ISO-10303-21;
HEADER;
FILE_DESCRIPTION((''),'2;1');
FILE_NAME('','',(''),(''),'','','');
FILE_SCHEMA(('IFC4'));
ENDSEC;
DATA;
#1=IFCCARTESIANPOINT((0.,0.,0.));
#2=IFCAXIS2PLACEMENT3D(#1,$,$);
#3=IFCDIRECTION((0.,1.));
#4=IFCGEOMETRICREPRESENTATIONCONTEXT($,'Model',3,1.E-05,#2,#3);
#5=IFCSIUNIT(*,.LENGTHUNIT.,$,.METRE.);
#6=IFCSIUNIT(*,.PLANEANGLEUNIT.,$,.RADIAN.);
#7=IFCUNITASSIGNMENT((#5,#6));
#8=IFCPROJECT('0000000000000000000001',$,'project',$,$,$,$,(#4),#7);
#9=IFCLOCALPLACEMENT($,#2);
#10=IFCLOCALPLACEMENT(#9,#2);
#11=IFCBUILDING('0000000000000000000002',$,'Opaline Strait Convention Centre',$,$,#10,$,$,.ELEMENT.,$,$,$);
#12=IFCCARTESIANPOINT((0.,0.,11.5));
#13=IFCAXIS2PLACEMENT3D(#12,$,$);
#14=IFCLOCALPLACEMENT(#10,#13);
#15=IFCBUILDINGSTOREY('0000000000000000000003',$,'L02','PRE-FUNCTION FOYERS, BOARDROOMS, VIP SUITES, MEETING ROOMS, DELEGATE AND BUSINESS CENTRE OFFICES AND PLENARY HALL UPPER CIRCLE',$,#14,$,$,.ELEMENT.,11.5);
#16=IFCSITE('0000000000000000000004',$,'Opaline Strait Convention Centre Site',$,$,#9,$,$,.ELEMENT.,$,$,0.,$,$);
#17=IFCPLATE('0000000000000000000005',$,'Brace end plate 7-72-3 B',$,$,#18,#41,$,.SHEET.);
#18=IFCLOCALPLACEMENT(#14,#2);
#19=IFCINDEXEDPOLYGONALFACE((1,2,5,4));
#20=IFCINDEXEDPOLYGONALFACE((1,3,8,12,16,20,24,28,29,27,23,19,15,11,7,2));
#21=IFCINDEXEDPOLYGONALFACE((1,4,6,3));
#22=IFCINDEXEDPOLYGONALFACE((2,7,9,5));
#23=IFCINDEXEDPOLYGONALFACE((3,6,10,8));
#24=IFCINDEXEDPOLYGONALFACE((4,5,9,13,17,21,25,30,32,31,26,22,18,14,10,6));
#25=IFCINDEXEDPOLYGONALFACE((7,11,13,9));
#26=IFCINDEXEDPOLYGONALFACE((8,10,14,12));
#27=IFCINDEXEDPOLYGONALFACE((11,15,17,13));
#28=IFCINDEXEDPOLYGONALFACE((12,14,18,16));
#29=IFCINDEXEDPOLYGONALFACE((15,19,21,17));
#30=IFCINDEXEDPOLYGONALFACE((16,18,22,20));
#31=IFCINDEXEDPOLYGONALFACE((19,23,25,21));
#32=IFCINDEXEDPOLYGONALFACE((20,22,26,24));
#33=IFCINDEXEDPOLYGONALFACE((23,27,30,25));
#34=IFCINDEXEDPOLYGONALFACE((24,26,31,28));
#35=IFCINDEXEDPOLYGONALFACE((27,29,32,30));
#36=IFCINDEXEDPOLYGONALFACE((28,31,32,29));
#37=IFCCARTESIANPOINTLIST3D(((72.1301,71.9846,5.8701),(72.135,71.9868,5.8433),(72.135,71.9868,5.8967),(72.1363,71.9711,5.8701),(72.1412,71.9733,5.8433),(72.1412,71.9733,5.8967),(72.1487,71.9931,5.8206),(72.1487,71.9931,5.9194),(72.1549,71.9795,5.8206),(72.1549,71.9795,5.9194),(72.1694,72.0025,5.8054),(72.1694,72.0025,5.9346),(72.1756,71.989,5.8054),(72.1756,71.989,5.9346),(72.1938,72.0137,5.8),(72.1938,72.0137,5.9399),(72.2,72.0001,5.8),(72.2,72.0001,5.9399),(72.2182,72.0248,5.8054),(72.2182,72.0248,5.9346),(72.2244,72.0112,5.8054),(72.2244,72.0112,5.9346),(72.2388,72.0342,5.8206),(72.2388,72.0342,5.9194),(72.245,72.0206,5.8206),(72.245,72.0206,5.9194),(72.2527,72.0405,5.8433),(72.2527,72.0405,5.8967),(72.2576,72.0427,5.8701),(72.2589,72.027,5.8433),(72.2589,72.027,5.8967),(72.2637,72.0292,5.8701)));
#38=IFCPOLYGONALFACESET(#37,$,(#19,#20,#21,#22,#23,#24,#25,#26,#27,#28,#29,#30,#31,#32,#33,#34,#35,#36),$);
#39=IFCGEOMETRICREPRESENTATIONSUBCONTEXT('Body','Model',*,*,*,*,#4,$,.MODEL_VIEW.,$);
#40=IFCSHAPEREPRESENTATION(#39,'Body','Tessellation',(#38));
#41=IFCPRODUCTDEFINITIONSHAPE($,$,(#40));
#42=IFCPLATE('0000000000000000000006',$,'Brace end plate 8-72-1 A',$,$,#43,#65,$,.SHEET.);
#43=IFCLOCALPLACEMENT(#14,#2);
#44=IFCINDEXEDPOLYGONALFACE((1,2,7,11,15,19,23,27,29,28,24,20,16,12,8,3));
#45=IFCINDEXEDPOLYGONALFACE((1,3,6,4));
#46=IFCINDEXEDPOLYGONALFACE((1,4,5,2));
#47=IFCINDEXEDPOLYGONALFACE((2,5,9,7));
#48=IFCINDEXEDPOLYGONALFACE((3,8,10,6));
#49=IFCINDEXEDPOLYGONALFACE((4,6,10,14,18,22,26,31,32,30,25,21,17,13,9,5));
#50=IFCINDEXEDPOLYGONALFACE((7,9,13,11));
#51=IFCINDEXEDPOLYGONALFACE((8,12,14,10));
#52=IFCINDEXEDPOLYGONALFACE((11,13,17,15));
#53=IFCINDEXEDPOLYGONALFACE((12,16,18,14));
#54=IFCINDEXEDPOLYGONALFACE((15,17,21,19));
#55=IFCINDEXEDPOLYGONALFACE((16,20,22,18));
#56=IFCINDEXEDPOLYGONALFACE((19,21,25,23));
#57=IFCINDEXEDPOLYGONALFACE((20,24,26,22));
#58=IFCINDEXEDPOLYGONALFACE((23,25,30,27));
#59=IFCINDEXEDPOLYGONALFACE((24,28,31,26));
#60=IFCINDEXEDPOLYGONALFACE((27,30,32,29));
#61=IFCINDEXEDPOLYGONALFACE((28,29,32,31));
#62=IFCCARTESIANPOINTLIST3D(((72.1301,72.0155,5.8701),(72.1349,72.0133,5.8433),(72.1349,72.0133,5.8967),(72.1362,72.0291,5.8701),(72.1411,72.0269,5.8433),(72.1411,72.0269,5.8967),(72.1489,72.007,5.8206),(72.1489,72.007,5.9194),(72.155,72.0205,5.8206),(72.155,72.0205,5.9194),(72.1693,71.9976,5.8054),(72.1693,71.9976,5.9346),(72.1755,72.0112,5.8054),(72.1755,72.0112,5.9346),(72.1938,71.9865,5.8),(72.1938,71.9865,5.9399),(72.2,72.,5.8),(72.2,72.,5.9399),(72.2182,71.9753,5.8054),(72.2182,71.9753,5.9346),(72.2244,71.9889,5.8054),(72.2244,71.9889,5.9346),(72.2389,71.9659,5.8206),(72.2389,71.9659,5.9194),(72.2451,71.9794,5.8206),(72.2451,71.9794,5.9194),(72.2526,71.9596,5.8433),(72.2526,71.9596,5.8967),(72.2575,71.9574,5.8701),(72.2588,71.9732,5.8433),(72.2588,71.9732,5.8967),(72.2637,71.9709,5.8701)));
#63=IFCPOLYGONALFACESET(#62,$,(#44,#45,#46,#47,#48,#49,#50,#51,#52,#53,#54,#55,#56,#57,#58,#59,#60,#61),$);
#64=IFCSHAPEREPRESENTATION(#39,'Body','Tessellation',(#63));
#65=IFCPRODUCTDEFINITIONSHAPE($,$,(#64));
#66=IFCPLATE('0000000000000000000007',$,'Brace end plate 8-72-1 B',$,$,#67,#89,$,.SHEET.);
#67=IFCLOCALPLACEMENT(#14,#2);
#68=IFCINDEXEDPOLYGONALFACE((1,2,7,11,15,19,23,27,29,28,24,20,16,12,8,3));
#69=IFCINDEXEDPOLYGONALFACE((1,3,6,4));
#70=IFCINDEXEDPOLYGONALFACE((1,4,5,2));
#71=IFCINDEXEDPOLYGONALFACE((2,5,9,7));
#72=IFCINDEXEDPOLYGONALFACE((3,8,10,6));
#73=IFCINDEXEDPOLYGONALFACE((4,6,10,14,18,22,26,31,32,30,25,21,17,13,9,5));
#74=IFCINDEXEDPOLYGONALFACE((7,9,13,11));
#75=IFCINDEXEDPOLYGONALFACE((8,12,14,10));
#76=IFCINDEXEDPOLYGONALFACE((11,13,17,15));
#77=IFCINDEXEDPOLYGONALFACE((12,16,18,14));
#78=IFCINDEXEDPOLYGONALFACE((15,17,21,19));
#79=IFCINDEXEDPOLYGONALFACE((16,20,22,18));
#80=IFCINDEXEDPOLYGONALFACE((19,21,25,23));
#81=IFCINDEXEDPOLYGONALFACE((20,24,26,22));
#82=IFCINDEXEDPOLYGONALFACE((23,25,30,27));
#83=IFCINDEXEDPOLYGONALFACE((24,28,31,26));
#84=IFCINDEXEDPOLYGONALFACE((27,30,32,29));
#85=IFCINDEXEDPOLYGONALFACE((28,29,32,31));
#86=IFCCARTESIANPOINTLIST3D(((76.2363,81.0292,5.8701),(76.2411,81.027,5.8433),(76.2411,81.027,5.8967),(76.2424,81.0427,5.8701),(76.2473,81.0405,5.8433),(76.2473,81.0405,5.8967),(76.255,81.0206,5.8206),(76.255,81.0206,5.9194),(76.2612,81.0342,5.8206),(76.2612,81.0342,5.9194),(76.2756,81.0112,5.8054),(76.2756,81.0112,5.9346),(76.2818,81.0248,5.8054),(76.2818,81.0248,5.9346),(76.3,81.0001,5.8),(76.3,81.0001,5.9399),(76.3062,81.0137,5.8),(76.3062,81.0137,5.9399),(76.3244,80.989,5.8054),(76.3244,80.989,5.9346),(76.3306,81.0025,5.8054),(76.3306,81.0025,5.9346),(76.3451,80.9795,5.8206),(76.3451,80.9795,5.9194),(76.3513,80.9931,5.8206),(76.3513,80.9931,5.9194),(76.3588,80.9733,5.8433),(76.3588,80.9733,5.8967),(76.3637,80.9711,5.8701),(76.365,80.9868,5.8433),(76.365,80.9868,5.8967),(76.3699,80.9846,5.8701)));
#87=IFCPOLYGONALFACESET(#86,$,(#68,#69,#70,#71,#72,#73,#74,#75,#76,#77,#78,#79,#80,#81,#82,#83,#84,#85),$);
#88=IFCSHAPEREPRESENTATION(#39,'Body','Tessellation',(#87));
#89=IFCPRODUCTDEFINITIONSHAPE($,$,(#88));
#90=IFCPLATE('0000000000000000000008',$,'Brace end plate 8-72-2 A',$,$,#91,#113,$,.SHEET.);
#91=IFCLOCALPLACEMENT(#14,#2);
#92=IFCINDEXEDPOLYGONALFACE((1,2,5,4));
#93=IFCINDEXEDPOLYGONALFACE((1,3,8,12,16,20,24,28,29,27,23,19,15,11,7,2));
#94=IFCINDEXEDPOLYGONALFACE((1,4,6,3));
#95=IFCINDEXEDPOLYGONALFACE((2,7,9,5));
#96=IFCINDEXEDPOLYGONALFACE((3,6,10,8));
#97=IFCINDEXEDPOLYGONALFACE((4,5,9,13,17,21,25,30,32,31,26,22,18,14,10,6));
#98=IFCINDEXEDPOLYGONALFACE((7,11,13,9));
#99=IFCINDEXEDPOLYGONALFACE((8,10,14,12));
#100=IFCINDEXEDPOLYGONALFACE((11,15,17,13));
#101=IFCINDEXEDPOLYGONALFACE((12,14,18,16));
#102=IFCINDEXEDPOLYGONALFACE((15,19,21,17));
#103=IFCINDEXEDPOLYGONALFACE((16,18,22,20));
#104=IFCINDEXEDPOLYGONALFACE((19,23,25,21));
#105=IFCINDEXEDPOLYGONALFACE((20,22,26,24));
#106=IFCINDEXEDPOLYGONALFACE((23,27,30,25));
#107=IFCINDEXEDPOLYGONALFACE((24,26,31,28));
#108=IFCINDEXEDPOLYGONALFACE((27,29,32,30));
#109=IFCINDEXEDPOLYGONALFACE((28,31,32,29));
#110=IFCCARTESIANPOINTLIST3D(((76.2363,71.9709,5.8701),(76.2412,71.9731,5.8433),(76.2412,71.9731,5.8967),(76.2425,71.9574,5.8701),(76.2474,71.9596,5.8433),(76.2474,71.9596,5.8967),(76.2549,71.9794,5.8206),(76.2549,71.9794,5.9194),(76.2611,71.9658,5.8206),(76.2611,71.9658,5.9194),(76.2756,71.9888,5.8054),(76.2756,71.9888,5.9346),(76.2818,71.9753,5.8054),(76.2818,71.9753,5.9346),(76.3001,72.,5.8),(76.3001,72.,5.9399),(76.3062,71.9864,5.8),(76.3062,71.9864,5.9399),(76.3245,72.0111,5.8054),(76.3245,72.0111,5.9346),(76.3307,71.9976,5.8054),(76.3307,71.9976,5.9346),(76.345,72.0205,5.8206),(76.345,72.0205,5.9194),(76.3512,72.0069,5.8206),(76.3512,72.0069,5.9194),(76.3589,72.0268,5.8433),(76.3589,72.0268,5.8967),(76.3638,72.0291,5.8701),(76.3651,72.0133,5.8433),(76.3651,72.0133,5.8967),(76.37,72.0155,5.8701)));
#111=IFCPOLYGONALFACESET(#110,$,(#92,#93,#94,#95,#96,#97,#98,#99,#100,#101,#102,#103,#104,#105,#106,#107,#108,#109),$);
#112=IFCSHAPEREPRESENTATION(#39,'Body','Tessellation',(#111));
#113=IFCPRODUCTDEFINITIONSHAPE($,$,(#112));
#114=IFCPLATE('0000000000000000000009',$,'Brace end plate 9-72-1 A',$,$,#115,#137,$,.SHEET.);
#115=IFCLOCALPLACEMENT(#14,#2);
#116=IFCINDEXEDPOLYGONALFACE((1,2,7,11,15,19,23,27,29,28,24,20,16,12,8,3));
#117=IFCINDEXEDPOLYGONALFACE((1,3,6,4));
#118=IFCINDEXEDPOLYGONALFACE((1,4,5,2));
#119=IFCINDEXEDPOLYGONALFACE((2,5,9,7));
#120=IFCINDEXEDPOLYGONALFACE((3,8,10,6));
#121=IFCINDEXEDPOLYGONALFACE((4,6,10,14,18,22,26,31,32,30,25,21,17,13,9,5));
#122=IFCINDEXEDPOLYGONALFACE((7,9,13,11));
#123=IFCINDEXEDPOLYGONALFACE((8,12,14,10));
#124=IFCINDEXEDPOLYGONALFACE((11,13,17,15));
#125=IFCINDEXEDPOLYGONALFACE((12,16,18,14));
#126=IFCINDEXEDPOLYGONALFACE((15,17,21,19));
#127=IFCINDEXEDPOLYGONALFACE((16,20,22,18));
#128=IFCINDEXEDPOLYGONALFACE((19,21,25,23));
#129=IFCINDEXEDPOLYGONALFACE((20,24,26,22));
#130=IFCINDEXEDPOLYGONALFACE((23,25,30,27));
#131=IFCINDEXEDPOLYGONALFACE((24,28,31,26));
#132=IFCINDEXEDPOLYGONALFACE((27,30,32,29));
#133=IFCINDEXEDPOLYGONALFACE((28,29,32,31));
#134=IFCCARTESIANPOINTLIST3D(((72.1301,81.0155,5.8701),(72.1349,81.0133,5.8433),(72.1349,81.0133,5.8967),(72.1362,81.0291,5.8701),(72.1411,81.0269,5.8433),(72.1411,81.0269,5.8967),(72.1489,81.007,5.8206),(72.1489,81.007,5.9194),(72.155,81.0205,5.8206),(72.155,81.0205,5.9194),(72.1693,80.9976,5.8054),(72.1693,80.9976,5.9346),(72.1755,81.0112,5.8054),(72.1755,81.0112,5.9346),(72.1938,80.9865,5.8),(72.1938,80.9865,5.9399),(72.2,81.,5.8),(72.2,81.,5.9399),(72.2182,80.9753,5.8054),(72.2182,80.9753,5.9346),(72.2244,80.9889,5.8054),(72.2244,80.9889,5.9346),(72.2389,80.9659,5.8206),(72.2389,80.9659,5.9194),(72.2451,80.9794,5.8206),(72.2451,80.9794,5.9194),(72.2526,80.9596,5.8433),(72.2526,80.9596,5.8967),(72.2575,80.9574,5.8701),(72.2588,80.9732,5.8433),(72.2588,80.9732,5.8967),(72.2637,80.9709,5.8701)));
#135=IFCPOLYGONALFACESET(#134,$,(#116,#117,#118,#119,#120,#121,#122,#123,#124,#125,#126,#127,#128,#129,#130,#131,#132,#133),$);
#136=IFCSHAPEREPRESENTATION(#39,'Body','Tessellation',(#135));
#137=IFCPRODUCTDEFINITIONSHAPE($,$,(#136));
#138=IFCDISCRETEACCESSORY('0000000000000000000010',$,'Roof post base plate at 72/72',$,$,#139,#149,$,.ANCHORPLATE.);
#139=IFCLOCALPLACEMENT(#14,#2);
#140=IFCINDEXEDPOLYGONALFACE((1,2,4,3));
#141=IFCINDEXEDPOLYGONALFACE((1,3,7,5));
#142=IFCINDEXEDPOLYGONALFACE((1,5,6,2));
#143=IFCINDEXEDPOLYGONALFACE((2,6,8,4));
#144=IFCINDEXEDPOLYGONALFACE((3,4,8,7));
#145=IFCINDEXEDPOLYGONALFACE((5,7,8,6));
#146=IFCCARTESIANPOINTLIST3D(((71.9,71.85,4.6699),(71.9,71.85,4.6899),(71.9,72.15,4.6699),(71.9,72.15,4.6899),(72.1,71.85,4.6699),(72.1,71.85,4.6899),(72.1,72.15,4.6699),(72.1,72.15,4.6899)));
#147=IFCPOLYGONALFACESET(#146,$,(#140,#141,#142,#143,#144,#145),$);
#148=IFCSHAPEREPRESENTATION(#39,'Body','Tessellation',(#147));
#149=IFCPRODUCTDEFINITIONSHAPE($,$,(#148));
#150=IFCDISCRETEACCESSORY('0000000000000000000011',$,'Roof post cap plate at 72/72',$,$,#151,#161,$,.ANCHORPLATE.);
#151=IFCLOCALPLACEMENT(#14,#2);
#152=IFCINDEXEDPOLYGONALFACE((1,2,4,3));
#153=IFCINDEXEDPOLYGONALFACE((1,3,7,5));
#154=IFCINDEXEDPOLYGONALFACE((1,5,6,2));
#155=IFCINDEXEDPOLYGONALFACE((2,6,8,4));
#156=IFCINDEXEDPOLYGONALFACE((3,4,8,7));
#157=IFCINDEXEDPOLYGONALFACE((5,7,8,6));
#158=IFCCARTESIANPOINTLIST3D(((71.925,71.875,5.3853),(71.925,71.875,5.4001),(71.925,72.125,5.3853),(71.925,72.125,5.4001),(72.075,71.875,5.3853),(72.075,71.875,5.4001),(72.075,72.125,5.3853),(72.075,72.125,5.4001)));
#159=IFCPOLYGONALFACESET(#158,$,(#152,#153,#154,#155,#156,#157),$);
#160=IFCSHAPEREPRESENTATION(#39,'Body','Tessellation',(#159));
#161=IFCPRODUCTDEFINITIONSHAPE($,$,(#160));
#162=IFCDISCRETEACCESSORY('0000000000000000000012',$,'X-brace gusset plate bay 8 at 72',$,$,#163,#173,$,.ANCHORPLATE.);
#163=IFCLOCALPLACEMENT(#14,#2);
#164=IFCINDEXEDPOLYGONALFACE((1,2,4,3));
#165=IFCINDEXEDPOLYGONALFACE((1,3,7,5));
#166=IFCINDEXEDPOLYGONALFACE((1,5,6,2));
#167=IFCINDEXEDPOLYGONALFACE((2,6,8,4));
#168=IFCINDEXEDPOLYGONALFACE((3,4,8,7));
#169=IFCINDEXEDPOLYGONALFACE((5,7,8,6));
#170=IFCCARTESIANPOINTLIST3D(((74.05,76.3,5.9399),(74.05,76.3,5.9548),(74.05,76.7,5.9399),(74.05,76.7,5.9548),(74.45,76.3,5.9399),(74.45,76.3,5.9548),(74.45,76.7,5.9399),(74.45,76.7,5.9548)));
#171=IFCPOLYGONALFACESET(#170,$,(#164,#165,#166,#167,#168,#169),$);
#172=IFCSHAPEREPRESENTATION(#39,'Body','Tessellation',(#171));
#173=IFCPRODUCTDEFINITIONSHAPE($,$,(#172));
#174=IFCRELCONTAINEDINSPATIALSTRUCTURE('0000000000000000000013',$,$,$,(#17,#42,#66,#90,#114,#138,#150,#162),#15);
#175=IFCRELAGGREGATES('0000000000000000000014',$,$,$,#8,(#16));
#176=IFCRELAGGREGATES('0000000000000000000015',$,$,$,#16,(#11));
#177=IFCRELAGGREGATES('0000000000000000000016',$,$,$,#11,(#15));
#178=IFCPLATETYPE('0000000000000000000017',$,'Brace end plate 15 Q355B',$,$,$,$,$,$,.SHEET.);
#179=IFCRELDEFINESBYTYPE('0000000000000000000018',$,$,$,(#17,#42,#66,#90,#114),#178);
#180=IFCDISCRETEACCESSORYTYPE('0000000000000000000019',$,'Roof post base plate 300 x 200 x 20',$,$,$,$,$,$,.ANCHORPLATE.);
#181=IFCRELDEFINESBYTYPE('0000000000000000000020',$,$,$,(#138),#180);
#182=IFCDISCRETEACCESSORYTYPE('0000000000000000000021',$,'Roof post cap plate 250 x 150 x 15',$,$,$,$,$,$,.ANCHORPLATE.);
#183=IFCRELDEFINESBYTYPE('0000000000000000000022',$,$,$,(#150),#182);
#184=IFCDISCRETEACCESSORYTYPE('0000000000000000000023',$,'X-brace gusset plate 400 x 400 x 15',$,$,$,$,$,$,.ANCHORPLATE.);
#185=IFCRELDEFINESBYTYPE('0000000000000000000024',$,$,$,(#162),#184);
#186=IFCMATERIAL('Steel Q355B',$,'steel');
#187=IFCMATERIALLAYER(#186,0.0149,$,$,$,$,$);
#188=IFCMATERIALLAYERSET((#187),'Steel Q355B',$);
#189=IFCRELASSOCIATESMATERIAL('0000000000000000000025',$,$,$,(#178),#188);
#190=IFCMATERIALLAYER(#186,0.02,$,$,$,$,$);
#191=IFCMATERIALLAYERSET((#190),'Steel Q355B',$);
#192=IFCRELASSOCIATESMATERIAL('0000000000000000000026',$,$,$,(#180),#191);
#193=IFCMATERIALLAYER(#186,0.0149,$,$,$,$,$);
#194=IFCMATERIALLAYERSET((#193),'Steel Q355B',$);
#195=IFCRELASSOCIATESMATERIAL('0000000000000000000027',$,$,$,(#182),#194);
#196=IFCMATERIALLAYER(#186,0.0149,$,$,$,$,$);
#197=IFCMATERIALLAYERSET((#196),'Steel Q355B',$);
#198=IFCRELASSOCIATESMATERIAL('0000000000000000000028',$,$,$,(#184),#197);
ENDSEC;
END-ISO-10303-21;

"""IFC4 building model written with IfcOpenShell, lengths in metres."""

from ifc_helpers import new_model, si_unit, direction, frame, origin, origin_2d, place, context, subcontext, project, spatial, polyline, rectangle, outline, extrude, material, layer, layer_set, type_object, element, save


model = new_model("IFC4")

# Units and contexts
model_context = context("Model", 3, precision=1e-05, world=origin(), true_north=direction((0.0, 1.0)))
body_context = subcontext(model_context, "Body", "Model", "MODEL_VIEW")
ifc_project = project(units=[si_unit("LENGTHUNIT", "METRE"), si_unit("PLANEANGLEUNIT", "RADIAN")], contexts=[model_context])

# Site, building, storey
site_placement = place(None, origin())
site = spatial("IfcSite", under=ifc_project, at=site_placement, Name="Opaline Strait Convention Centre Site", CompositionType="ELEMENT", RefElevation=0.0)
building_placement = place(site_placement, origin())
building = spatial("IfcBuilding", under=site, at=building_placement, Name="Opaline Strait Convention Centre", CompositionType="ELEMENT")
storey_placement = place(building_placement, frame((0.0, 0.0, 11.5)))
storey = spatial("IfcBuildingStorey", under=building, at=storey_placement, Name="L02", Description="PRE-FUNCTION FOYERS, BOARDROOMS, VIP SUITES, MEETING ROOMS, DELEGATE AND BUSINESS CENTRE OFFICES AND PLENARY HALL UPPER CIRCLE", CompositionType="ELEMENT", Elevation=11.5)

# Shared definitions
ifc_material_1 = material(Name="Steel Q355B", Category="steel")

# Plates
ifc_layer_1 = layer(ifc_material_1, 0.0149)
ifc_layer_set_1 = layer_set([ifc_layer_1], Name="Steel Q355B")
plate_type = type_object("IfcPlateType", Name="Brace end plate 15 Q355B", PredefinedType="SHEET", material=ifc_layer_set_1)
plate_1_placement = place(storey_placement, frame((72.2576, 72.0427, 5.8701), z_axis=(-0.414837, 0.909896, 0.0), x_axis=(-0.177911, -0.081112, -0.980698)))
element("IfcPlate", 1, at=plate_1_placement, inside=storey, type_object=plate_type, Name="Brace end plate 7-72-3 B", PredefinedType="SHEET", context=body_context, shape_type="SweptSolid", body=[
    extrude(outline(polyline([(0.0, 0.0), (0.0274, 0.0), (0.0526, 0.0106), (0.0719, 0.0298), (0.0824, 0.055), (0.0824, 0.0824), (0.072, 0.1076), (0.0527, 0.1269), (0.0274, 0.1374), (0.0002, 0.1373), (-0.025, 0.127), (-0.0443, 0.1076), (-0.0548, 0.0823), (-0.0548, 0.055), (-0.0443, 0.0299), (-0.0251, 0.0105), (0.0, 0.0)])), origin(), (0.0, 0.0, -1.0), 0.0149),
])
plate_2_placement = place(storey_placement, frame((72.2637, 71.9709, 5.8701), z_axis=(0.415113, 0.90977, 0.0), x_axis=(-0.177886, 0.081166, -0.980698)))
element("IfcPlate", 2, at=plate_2_placement, inside=storey, type_object=plate_type, Name="Brace end plate 8-72-1 A", PredefinedType="SHEET", context=body_context, shape_type="SweptSolid", body=[
    extrude(outline(polyline([(0.0, 0.0), (0.0274, 0.0), (0.0526, 0.0103), (0.0719, 0.0297), (0.0824, 0.055), (0.0824, 0.0824), (0.072, 0.1074), (0.0527, 0.1269), (0.0274, 0.1374), (0.0002, 0.1373), (-0.025, 0.1268), (-0.0443, 0.1076), (-0.0548, 0.0823), (-0.0548, 0.0549), (-0.0444, 0.0297), (-0.0251, 0.0105), (0.0, 0.0)])), origin(), (0.0, 0.0, -1.0), 0.0149),
])
plate_3_placement = place(storey_placement, frame((76.3699, 80.9846, 5.8701), z_axis=(0.414837, 0.909896, 0.0), x_axis=(-0.177911, 0.081112, -0.980698)))
element("IfcPlate", 3, at=plate_3_placement, inside=storey, type_object=plate_type, Name="Brace end plate 8-72-1 B", PredefinedType="SHEET", context=body_context, shape_type="SweptSolid", body=[
    extrude(outline(polyline([(0.0, 0.0), (0.0274, 0.0), (0.0526, 0.0103), (0.0719, 0.0297), (0.0824, 0.055), (0.0824, 0.0823), (0.072, 0.1074), (0.0527, 0.1269), (0.0274, 0.1374), (0.0002, 0.1373), (-0.025, 0.1268), (-0.0443, 0.1075), (-0.0548, 0.0823), (-0.0548, 0.0549), (-0.0444, 0.0297), (-0.0251, 0.0105), (0.0, 0.0)])), origin(), (0.0, 0.0, -1.0), 0.0149),
])
plate_4_placement = place(storey_placement, frame((76.3638, 72.0291, 5.8701), z_axis=(-0.415113, 0.90977, 0.0), x_axis=(-0.177886, -0.081166, -0.980698)))
element("IfcPlate", 4, at=plate_4_placement, inside=storey, type_object=plate_type, Name="Brace end plate 8-72-2 A", PredefinedType="SHEET", context=body_context, shape_type="SweptSolid", body=[
    extrude(outline(polyline([(0.0, 0.0), (0.0274, 0.0), (0.0526, 0.0106), (0.0719, 0.0297), (0.0824, 0.055), (0.0824, 0.0824), (0.072, 0.1076), (0.0527, 0.1269), (0.0274, 0.1374), (0.0002, 0.1373), (-0.025, 0.127), (-0.0443, 0.1076), (-0.0548, 0.0823), (-0.0548, 0.0549), (-0.0443, 0.0299), (-0.0251, 0.0105), (0.0, 0.0)])), origin(), (0.0, 0.0, -1.0), 0.0149),
])
plate_5_placement = place(storey_placement, frame((72.2637, 80.9709, 5.8701), z_axis=(0.415113, 0.90977, 0.0), x_axis=(-0.177886, 0.081166, -0.980698)))
element("IfcPlate", 5, at=plate_5_placement, inside=storey, type_object=plate_type, Name="Brace end plate 9-72-1 A", PredefinedType="SHEET", context=body_context, shape_type="SweptSolid", body=[
    extrude(outline(polyline([(0.0, 0.0), (0.0274, 0.0), (0.0526, 0.0103), (0.0719, 0.0297), (0.0824, 0.055), (0.0824, 0.0824), (0.072, 0.1074), (0.0527, 0.1269), (0.0274, 0.1374), (0.0002, 0.1373), (-0.025, 0.1268), (-0.0443, 0.1076), (-0.0548, 0.0823), (-0.0548, 0.0549), (-0.0444, 0.0297), (-0.0251, 0.0105), (0.0, 0.0)])), origin(), (0.0, 0.0, -1.0), 0.0149),
])

# Discrete accessories
ifc_layer_2 = layer(ifc_material_1, 0.02)
ifc_layer_set_2 = layer_set([ifc_layer_2], Name="Steel Q355B")
discrete_accessory_type_1 = type_object("IfcDiscreteAccessoryType", Name="Roof post base plate 300 x 200 x 20", PredefinedType="ANCHORPLATE", material=ifc_layer_set_2)
discrete_accessory_1_placement = place(storey_placement, frame((72.0, 72.0, 4.6699), z_axis=(0.0, 0.0, 1.0), x_axis=(1.0, 0.0, 0.0)))
element("IfcDiscreteAccessory", 6, at=discrete_accessory_1_placement, inside=storey, type_object=discrete_accessory_type_1, Name="Roof post base plate at 72/72", PredefinedType="ANCHORPLATE", context=body_context, shape_type="SweptSolid", body=[
    extrude(rectangle(XDim=0.2, YDim=0.3, at=origin_2d()), origin(), (0.0, 0.0, 1.0), 0.02),
])
ifc_layer_3 = layer(ifc_material_1, 0.0149)
ifc_layer_set_3 = layer_set([ifc_layer_3], Name="Steel Q355B")
discrete_accessory_type_2 = type_object("IfcDiscreteAccessoryType", Name="Roof post cap plate 250 x 150 x 15", PredefinedType="ANCHORPLATE", material=ifc_layer_set_3)
discrete_accessory_2_placement = place(storey_placement, frame((72.0, 72.0, 5.3853), z_axis=(0.0, 0.0, 1.0), x_axis=(1.0, 0.0, 0.0)))
element("IfcDiscreteAccessory", 7, at=discrete_accessory_2_placement, inside=storey, type_object=discrete_accessory_type_2, Name="Roof post cap plate at 72/72", PredefinedType="ANCHORPLATE", context=body_context, shape_type="SweptSolid", body=[
    extrude(rectangle(XDim=0.1499, YDim=0.25, at=origin_2d()), origin(), (0.0, 0.0, 1.0), 0.0149),
])
ifc_layer_4 = layer(ifc_material_1, 0.0149)
ifc_layer_set_4 = layer_set([ifc_layer_4], Name="Steel Q355B")
discrete_accessory_type_3 = type_object("IfcDiscreteAccessoryType", Name="X-brace gusset plate 400 x 400 x 15", PredefinedType="ANCHORPLATE", material=ifc_layer_set_4)
discrete_accessory_3_placement = place(storey_placement, frame((74.25, 76.5, 5.9399), z_axis=(0.0, 0.0, 1.0), x_axis=(1.0, 0.0, 0.0)))
element("IfcDiscreteAccessory", 8, at=discrete_accessory_3_placement, inside=storey, type_object=discrete_accessory_type_3, Name="X-brace gusset plate bay 8 at 72", PredefinedType="ANCHORPLATE", context=body_context, shape_type="SweptSolid", body=[
    extrude(rectangle(XDim=0.3999, YDim=0.3999, at=origin_2d()), origin(), (0.0, 0.0, 1.0), 0.0149),
])

save(model, "model.ifc")
